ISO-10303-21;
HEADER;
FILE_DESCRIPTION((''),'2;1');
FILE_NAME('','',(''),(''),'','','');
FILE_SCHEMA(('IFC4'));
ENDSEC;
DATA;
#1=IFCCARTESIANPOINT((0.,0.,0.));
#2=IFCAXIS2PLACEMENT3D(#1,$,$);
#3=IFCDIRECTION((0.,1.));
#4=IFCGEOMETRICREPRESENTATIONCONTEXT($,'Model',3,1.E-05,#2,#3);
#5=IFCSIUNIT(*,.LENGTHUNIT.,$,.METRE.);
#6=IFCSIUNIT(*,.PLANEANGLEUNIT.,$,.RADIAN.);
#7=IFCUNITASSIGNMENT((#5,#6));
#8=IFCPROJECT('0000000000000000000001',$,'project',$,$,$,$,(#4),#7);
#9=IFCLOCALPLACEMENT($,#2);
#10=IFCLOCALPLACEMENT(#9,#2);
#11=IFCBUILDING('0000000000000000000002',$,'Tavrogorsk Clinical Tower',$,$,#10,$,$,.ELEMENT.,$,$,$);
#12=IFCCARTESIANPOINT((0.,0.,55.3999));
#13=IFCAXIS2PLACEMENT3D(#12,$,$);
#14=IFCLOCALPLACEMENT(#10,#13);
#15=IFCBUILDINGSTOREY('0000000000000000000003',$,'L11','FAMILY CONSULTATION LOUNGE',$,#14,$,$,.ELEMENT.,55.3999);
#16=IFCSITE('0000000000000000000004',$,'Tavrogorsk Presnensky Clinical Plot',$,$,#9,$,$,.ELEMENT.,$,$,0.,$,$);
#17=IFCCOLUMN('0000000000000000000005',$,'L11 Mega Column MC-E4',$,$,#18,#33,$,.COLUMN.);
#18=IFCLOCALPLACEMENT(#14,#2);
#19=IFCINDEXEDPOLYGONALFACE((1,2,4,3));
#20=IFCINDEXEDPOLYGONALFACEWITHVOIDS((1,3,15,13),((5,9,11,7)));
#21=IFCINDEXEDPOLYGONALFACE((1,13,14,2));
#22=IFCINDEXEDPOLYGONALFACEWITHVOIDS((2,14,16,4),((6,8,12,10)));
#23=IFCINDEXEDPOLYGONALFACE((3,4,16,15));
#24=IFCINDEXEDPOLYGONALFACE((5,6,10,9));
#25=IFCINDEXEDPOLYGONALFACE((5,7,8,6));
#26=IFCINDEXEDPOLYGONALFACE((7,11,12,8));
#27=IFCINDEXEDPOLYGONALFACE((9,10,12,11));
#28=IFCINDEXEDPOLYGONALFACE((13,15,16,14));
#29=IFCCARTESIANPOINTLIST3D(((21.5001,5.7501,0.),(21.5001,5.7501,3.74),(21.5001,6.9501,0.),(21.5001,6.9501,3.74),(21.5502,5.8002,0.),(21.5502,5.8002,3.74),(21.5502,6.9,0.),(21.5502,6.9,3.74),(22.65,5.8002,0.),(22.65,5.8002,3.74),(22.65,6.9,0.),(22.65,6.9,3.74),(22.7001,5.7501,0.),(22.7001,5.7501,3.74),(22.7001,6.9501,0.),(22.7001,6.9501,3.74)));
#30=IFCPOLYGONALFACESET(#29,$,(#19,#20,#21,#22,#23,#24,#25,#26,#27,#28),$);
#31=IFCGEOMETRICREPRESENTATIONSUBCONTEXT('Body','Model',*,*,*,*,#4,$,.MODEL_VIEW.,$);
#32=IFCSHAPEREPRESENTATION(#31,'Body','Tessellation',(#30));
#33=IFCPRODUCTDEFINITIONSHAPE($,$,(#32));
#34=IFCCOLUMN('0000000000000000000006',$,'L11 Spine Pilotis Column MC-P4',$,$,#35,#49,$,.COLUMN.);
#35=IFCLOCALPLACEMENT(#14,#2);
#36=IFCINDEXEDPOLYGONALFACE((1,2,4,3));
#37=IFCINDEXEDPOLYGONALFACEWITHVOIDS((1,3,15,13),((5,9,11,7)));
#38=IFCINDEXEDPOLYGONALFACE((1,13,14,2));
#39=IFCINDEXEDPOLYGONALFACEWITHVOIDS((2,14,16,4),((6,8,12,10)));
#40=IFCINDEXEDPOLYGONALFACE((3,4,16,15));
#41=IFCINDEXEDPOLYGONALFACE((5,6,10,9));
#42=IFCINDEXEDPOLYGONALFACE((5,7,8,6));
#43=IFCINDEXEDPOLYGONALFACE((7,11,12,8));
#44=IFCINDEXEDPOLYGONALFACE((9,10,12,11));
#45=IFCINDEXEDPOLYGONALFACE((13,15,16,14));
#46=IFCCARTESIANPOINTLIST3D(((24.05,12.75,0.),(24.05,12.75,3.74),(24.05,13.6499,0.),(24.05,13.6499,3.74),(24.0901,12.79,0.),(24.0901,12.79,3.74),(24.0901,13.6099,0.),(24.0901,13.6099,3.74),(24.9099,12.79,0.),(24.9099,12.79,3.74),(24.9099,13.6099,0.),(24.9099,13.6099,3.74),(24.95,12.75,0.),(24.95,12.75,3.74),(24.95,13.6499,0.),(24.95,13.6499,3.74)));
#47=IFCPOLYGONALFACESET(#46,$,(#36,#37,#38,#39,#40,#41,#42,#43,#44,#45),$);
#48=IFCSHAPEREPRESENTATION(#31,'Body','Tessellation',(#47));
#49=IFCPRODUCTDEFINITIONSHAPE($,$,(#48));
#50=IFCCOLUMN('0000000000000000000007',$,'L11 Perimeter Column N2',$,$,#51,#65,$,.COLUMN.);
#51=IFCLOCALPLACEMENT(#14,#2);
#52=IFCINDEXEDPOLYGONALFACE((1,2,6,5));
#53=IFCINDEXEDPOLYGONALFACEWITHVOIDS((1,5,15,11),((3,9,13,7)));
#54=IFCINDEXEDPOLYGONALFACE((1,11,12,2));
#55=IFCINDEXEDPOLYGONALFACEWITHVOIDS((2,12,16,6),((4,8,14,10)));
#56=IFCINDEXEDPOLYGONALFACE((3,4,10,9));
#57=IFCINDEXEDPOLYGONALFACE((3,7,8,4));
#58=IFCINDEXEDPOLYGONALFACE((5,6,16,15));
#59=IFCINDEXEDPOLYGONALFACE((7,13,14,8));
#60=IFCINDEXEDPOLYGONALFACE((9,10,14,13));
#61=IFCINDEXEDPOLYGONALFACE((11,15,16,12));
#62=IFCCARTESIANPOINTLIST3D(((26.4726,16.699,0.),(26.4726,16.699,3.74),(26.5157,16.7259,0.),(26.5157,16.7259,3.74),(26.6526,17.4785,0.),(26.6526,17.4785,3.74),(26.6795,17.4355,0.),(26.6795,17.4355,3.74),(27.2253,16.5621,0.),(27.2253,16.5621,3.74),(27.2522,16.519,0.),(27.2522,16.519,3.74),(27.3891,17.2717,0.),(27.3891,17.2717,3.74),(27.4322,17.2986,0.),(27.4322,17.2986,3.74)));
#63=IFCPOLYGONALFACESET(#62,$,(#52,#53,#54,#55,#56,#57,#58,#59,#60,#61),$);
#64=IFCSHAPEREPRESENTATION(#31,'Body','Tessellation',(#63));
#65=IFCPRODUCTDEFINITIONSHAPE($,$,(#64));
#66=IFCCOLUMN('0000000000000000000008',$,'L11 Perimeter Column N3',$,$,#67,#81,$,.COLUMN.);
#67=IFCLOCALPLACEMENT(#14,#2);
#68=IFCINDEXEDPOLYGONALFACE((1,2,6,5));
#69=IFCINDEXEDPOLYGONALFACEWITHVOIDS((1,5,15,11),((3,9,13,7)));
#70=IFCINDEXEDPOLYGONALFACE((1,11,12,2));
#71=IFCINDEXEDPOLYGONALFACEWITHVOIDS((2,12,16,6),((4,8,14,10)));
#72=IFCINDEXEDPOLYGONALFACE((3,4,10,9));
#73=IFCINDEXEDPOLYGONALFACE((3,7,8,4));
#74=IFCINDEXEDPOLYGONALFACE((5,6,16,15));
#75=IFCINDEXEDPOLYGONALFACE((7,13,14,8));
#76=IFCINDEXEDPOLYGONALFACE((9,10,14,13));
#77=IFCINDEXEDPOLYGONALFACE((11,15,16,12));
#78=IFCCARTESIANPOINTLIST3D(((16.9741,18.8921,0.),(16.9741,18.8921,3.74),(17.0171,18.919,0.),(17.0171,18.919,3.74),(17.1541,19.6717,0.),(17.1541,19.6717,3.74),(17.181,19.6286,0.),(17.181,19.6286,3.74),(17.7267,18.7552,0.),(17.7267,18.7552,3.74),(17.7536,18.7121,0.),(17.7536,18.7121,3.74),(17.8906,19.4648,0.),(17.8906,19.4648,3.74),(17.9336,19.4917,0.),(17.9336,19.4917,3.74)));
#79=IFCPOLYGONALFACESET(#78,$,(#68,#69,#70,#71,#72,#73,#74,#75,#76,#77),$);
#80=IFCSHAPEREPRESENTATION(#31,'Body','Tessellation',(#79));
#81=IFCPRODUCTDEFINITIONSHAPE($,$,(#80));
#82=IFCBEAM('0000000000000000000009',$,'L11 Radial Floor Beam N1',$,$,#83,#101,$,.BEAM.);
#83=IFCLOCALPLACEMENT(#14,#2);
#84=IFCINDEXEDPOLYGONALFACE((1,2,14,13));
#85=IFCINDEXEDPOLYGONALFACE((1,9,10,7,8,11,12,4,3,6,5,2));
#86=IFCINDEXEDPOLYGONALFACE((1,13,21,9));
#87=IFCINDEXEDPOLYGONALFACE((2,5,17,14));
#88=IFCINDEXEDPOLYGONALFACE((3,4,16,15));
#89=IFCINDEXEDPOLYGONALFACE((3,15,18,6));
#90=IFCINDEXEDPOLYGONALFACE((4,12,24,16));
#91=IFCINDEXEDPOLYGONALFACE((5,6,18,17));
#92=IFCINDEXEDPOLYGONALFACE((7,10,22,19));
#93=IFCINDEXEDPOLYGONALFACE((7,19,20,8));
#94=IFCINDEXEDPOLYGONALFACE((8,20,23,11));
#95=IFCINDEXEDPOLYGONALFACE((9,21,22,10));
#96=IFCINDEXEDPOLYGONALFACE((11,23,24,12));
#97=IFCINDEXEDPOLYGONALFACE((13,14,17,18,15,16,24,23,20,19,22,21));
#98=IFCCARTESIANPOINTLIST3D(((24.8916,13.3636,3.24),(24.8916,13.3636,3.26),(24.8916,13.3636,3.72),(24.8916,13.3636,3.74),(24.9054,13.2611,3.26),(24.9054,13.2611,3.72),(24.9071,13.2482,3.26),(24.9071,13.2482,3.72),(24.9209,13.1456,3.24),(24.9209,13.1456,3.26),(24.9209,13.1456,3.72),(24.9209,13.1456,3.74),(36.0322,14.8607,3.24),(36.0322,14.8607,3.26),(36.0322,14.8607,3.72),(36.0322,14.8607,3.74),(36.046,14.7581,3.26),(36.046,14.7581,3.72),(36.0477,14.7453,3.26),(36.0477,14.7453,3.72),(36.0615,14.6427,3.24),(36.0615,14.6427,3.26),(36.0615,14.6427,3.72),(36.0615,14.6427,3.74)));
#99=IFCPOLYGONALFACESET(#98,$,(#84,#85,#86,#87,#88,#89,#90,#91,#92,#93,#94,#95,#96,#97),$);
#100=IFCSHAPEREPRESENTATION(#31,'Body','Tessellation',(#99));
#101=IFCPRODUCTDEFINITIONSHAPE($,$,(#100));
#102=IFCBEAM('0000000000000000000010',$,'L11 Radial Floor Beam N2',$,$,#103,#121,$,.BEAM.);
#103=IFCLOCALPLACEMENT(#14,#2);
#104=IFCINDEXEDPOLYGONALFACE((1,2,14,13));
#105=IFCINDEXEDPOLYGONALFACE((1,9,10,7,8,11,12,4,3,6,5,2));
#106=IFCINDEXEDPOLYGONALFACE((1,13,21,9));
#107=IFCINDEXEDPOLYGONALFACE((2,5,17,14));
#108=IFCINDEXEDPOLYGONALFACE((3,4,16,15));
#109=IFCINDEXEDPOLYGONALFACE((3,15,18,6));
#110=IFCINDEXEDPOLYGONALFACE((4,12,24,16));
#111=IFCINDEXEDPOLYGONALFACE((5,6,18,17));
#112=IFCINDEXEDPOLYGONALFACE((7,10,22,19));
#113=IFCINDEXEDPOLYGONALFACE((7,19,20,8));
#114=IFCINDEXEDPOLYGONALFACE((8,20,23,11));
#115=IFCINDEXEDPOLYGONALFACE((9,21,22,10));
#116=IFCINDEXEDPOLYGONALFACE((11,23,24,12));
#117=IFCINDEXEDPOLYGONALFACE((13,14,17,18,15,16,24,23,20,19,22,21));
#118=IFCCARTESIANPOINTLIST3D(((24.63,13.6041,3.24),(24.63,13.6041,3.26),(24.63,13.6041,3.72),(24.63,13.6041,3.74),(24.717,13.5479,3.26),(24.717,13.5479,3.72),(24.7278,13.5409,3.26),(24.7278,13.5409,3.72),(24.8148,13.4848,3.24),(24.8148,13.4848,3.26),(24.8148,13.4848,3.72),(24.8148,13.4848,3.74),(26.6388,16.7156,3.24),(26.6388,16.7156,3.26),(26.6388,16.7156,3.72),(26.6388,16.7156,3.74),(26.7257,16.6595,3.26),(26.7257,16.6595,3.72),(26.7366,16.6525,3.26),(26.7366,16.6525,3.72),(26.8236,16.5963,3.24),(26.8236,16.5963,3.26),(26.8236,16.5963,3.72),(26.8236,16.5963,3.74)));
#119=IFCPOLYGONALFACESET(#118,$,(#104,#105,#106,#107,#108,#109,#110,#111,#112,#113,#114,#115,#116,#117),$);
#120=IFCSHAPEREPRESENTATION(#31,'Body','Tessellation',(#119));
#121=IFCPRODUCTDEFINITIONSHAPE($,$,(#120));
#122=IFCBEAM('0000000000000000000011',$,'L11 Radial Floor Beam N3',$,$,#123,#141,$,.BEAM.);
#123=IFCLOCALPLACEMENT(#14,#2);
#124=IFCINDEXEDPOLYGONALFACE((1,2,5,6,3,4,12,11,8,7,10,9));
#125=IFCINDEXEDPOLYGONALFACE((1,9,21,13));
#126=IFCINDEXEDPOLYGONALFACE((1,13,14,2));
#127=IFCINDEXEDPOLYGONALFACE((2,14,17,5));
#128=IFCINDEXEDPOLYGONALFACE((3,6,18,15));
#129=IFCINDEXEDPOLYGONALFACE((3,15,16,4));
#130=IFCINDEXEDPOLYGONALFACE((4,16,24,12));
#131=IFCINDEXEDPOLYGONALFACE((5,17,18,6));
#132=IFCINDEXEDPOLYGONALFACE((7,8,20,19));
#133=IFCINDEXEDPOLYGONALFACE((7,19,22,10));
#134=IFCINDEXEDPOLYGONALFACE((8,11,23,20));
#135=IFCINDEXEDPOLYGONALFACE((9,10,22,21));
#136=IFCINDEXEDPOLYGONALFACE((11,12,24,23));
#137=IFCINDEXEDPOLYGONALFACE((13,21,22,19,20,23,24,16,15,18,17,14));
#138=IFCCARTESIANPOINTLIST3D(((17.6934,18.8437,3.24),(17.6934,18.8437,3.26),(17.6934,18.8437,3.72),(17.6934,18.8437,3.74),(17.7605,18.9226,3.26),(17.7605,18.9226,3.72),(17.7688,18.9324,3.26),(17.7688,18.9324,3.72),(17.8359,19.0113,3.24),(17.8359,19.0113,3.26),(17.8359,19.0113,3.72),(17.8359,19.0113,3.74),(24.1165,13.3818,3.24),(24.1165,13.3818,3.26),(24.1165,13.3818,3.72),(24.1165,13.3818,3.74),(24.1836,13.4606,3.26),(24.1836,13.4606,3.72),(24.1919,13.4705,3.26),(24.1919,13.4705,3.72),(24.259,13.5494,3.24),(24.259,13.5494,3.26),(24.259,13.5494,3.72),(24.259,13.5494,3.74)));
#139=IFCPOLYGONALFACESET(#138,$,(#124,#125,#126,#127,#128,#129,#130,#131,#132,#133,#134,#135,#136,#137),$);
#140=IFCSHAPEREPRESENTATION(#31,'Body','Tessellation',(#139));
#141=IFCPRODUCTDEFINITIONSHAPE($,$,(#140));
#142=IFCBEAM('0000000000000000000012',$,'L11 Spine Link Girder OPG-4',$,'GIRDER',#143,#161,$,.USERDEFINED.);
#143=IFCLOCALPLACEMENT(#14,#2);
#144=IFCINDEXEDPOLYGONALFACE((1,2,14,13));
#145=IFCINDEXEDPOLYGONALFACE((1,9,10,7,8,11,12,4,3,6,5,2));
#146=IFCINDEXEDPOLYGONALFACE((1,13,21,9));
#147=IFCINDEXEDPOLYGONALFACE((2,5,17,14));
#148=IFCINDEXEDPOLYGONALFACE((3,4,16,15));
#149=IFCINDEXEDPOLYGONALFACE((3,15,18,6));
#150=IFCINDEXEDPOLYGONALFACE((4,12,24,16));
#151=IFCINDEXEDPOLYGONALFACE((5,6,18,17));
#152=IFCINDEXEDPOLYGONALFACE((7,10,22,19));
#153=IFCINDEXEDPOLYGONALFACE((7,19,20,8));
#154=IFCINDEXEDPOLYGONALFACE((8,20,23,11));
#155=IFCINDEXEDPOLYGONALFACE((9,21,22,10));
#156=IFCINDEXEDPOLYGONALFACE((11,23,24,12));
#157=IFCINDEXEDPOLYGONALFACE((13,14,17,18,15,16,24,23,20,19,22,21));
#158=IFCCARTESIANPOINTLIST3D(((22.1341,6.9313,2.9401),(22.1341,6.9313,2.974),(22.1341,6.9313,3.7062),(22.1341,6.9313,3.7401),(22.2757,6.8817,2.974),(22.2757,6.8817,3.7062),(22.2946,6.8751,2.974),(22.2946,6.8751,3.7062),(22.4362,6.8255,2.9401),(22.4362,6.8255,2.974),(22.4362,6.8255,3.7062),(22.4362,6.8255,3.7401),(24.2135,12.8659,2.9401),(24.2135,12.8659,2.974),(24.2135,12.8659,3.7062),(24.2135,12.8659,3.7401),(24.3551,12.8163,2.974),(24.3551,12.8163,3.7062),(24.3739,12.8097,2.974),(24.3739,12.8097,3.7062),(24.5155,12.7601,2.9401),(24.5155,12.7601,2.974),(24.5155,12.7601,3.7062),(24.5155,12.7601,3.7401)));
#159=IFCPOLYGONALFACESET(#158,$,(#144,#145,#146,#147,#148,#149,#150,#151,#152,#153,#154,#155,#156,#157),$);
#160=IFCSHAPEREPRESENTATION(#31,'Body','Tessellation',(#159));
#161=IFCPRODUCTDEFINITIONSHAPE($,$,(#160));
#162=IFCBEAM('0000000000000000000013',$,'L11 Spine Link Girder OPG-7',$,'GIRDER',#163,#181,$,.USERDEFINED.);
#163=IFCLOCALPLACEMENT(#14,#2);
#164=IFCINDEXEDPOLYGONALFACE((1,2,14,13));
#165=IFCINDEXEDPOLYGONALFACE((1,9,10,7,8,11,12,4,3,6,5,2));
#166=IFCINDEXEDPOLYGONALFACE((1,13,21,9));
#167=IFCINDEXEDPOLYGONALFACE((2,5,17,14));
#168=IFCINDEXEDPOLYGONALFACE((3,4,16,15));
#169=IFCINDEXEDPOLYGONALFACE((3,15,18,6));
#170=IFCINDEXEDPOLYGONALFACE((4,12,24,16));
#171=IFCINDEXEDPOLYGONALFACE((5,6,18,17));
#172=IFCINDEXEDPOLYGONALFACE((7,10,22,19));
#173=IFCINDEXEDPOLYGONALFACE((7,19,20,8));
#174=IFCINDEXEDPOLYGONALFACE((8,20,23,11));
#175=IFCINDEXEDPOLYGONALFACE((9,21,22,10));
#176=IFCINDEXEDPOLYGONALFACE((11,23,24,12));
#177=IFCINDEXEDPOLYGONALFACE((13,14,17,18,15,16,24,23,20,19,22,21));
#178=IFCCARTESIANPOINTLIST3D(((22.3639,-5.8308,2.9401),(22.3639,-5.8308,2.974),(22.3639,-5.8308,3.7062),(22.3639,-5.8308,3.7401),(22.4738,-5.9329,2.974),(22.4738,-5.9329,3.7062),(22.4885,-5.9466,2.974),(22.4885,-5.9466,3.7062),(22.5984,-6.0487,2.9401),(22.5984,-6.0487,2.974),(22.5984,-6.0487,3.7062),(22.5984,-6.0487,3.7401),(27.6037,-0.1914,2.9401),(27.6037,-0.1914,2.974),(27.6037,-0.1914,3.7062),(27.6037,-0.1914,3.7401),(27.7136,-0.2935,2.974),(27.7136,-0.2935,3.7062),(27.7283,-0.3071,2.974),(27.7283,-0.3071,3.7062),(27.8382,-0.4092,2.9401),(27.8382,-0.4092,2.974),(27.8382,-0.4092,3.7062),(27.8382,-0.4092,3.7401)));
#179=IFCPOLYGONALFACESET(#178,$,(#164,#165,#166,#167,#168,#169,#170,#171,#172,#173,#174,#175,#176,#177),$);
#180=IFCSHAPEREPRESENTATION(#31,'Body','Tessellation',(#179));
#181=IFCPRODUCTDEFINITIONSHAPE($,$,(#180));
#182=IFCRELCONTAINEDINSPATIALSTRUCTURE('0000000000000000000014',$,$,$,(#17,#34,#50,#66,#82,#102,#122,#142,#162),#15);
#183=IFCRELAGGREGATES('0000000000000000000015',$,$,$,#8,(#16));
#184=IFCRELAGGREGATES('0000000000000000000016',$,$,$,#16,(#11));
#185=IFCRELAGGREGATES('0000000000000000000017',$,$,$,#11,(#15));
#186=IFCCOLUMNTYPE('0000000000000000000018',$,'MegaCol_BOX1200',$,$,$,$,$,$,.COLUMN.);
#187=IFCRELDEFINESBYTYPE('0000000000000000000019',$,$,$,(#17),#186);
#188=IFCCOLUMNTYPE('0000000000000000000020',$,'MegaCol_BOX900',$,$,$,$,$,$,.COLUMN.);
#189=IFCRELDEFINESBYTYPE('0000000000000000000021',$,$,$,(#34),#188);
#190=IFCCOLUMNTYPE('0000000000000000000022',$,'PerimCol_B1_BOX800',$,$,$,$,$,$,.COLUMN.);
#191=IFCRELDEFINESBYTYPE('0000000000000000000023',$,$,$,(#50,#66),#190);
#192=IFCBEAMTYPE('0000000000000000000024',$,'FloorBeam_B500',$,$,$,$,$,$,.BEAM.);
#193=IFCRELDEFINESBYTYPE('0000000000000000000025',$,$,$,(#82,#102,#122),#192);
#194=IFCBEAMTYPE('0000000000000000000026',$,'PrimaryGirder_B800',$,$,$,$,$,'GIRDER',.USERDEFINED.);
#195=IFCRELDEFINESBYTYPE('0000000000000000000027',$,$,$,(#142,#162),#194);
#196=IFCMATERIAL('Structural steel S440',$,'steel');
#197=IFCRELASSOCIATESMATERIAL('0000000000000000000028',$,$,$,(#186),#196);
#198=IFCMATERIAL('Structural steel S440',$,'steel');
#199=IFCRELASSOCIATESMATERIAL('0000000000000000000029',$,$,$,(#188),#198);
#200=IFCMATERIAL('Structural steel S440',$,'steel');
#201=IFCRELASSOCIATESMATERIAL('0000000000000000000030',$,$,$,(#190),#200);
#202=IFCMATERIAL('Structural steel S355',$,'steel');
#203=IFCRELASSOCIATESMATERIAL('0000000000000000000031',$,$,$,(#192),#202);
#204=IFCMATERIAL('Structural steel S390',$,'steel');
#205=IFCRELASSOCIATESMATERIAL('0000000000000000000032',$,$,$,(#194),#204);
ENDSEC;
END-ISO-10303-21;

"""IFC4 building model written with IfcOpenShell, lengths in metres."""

from ifc_helpers import new_model, si_unit, direction, frame, origin, origin_2d, place, context, subcontext, project, spatial, hollow_rectangle, i_section, extrude, material, material_profile, profile_set, type_object, element, save


model = new_model("IFC4")

# Units and contexts
model_context = context("Model", 3, precision=1e-05, world=origin(), true_north=direction((0.0, 1.0)))
body_context = subcontext(model_context, "Body", "Model", "MODEL_VIEW")
ifc_project = project(units=[si_unit("LENGTHUNIT", "METRE"), si_unit("PLANEANGLEUNIT", "RADIAN")], contexts=[model_context])

# Site, building, storey
site_placement = place(None, origin())
site = spatial("IfcSite", under=ifc_project, at=site_placement, Name="Tavrogorsk Presnensky Clinical Plot", CompositionType="ELEMENT", RefElevation=0.0)
building_placement = place(site_placement, origin())
building = spatial("IfcBuilding", under=site, at=building_placement, Name="Tavrogorsk Clinical Tower", CompositionType="ELEMENT")
storey_placement = place(building_placement, frame((0.0, 0.0, 55.3999)))
storey = spatial("IfcBuildingStorey", under=building, at=storey_placement, Name="L11", Description="FAMILY CONSULTATION LOUNGE", CompositionType="ELEMENT", Elevation=55.3999)

# Columns
ifc_material_1 = material(Name="Structural steel S440", Category="steel")
ifc_material_profile_1 = material_profile(ifc_material_1, hollow_rectangle(XDim=1.2, YDim=1.2, WallThickness=0.05, at=origin_2d()), Name="BOX-1200x1200x50")
ifc_profile_set_1 = profile_set([ifc_material_profile_1], Name="Structural steel S440")
column_type_1 = type_object("IfcColumnType", Name="MegaCol_BOX1200", PredefinedType="COLUMN", material=ifc_profile_set_1)
column_1_placement = place(storey_placement, frame((22.1001, 6.3501, 0.0), z_axis=(0.0, 0.0, 1.0), x_axis=(1.0, 0.0, 0.0)))
element("IfcColumn", 1, at=column_1_placement, inside=storey, type_object=column_type_1, Name="L11 Mega Column MC-E4", PredefinedType="COLUMN", context=body_context, shape_type="SweptSolid", body=[
    extrude(hollow_rectangle(XDim=1.2, YDim=1.2, WallThickness=0.05, at=origin_2d()), origin(), (0.0, 0.0, 1.0), 3.74),
])
ifc_material_2 = material(Name="Structural steel S440", Category="steel")
ifc_material_profile_2 = material_profile(ifc_material_2, hollow_rectangle(XDim=0.8999, YDim=0.8999, WallThickness=0.04, at=origin_2d()), Name="BOX-900x900x40")
ifc_profile_set_2 = profile_set([ifc_material_profile_2], Name="Structural steel S440")
column_type_2 = type_object("IfcColumnType", Name="MegaCol_BOX900", PredefinedType="COLUMN", material=ifc_profile_set_2)
column_2_placement = place(storey_placement, frame((24.5, 13.2, 0.0), z_axis=(0.0, 0.0, 1.0), x_axis=(1.0, 0.0, 0.0)))
element("IfcColumn", 2, at=column_2_placement, inside=storey, type_object=column_type_2, Name="L11 Spine Pilotis Column MC-P4", PredefinedType="COLUMN", context=body_context, shape_type="SweptSolid", body=[
    extrude(hollow_rectangle(XDim=0.8999, YDim=0.8999, WallThickness=0.04, at=origin_2d()), origin(), (0.0, 0.0, 1.0), 3.74),
])
ifc_material_3 = material(Name="Structural steel S440", Category="steel")
ifc_material_profile_3 = material_profile(ifc_material_3, hollow_rectangle(XDim=0.8, YDim=0.8, WallThickness=0.0359, at=origin_2d()), Name="BOX-800x800x36")
ifc_profile_set_3 = profile_set([ifc_material_profile_3], Name="Structural steel S440")
column_type_3 = type_object("IfcColumnType", Name="PerimCol_B1_BOX800", PredefinedType="COLUMN", material=ifc_profile_set_3)
for number, where, z_axis, x_axis, name in (
    (3, (26.9524, 16.9988, 0.0), (0.0, 0.0, 1.0), (0.97437, -0.224951, 0.0), "L11 Perimeter Column N2"),
    (4, (17.4539, 19.1919, 0.0), (0.0, 0.0, 1.0), (0.97437, -0.224951, 0.0), "L11 Perimeter Column N3"),
):
    element("IfcColumn", number, at=place(storey_placement, frame(where, z_axis=z_axis, x_axis=x_axis)), inside=storey, type_object=column_type_3, Name=name, PredefinedType="COLUMN", context=body_context, shape_type="SweptSolid", body=[
        extrude(hollow_rectangle(XDim=0.8, YDim=0.8, WallThickness=0.0359, at=origin_2d()), origin(), (0.0, 0.0, 1.0), 3.74),
    ])

# Beams
ifc_material_4 = material(Name="Structural steel S355", Category="steel")
ifc_material_profile_4 = material_profile(ifc_material_4, i_section(OverallWidth=0.22, OverallDepth=0.5, WebThickness=0.0129, FlangeThickness=0.02, at=origin_2d()), Name="B-500x220x13x20")
ifc_profile_set_4 = profile_set([ifc_material_profile_4], Name="Structural steel S355")
beam_type_1 = type_object("IfcBeamType", Name="FloorBeam_B500", PredefinedType="BEAM", material=ifc_profile_set_4)
beam_1_placement = place(storey_placement, frame((24.9062, 13.2546, 3.49), z_axis=(0.991092, 0.133182, 0.0), x_axis=(-0.133182, 0.991092, 0.0)))
element("IfcBeam", 5, at=beam_1_placement, inside=storey, type_object=beam_type_1, Name="L11 Radial Floor Beam N1", PredefinedType="BEAM", context=body_context, shape_type="SweptSolid", body=[
    extrude(i_section(OverallWidth=0.22, OverallDepth=0.5, WebThickness=0.0129, FlangeThickness=0.02, at=origin_2d()), origin(), (0.0, 0.0, 1.0), 11.2407),
])
beam_2_placement = place(storey_placement, frame((24.7224, 13.5444, 3.49), z_axis=(0.542379, 0.840134, 0.0), x_axis=(-0.840134, 0.542379, 0.0)))
element("IfcBeam", 6, at=beam_2_placement, inside=storey, type_object=beam_type_1, Name="L11 Radial Floor Beam N2", PredefinedType="BEAM", context=body_context, shape_type="SweptSolid", body=[
    extrude(i_section(OverallWidth=0.22, OverallDepth=0.5, WebThickness=0.0129, FlangeThickness=0.02, at=origin_2d()), origin(), (0.0, 0.0, 1.0), 3.7036),
])
beam_3_placement = place(storey_placement, frame((24.1877, 13.4656, 3.49), z_axis=(-0.761806, 0.647806, 0.0), x_axis=(-0.647806, -0.761806, 0.0)))
element("IfcBeam", 7, at=beam_3_placement, inside=storey, type_object=beam_type_1, Name="L11 Radial Floor Beam N3", PredefinedType="BEAM", context=body_context, shape_type="SweptSolid", body=[
    extrude(i_section(OverallWidth=0.22, OverallDepth=0.5, WebThickness=0.0129, FlangeThickness=0.02, at=origin_2d()), origin(), (0.0, 0.0, 1.0), 8.4314),
])
ifc_material_5 = material(Name="Structural steel S390", Category="steel")
ifc_material_profile_5 = material_profile(ifc_material_5, i_section(OverallWidth=0.3201, OverallDepth=0.8, WebThickness=0.02, FlangeThickness=0.0339, at=origin_2d()), Name="B-800x320x20x34")
ifc_profile_set_5 = profile_set([ifc_material_profile_5], Name="Structural steel S390")
beam_type_2 = type_object("IfcBeamType", Name="PrimaryGirder_B800", ElementType="GIRDER", PredefinedType="USERDEFINED", material=ifc_profile_set_5)
beam_4_placement = place(storey_placement, frame((24.3645, 12.813, 3.3401), z_axis=(-0.330669, -0.943747, 0.0), x_axis=(0.943747, -0.330669, 0.0)))
element("IfcBeam", 8, at=beam_4_placement, inside=storey, type_object=beam_type_2, Name="L11 Spine Link Girder OPG-4", ObjectType="GIRDER", PredefinedType="USERDEFINED", context=body_context, shape_type="SweptSolid", body=[
    extrude(i_section(OverallWidth=0.3201, OverallDepth=0.8, WebThickness=0.02, FlangeThickness=0.0339, at=origin_2d()), origin(), (0.0, 0.0, 1.0), 6.2883),
])
for number, where, z_axis, x_axis, name in (
    (9, (27.7209, -0.3003, 3.3401), (-0.680671, -0.732589, 0.0), (0.732589, -0.680671, 0.0), "L11 Spine Link Girder OPG-7"),
):
    element("IfcBeam", number, at=place(storey_placement, frame(where, z_axis=z_axis, x_axis=x_axis)), inside=storey, type_object=beam_type_2, Name=name, ObjectType="GIRDER", PredefinedType="USERDEFINED", context=body_context, shape_type="SweptSolid", body=[
        extrude(i_section(OverallWidth=0.3201, OverallDepth=0.8, WebThickness=0.02, FlangeThickness=0.0339, at=origin_2d()), origin(), (0.0, 0.0, 1.0), 7.698),
    ])

save(model, "model.ifc")
